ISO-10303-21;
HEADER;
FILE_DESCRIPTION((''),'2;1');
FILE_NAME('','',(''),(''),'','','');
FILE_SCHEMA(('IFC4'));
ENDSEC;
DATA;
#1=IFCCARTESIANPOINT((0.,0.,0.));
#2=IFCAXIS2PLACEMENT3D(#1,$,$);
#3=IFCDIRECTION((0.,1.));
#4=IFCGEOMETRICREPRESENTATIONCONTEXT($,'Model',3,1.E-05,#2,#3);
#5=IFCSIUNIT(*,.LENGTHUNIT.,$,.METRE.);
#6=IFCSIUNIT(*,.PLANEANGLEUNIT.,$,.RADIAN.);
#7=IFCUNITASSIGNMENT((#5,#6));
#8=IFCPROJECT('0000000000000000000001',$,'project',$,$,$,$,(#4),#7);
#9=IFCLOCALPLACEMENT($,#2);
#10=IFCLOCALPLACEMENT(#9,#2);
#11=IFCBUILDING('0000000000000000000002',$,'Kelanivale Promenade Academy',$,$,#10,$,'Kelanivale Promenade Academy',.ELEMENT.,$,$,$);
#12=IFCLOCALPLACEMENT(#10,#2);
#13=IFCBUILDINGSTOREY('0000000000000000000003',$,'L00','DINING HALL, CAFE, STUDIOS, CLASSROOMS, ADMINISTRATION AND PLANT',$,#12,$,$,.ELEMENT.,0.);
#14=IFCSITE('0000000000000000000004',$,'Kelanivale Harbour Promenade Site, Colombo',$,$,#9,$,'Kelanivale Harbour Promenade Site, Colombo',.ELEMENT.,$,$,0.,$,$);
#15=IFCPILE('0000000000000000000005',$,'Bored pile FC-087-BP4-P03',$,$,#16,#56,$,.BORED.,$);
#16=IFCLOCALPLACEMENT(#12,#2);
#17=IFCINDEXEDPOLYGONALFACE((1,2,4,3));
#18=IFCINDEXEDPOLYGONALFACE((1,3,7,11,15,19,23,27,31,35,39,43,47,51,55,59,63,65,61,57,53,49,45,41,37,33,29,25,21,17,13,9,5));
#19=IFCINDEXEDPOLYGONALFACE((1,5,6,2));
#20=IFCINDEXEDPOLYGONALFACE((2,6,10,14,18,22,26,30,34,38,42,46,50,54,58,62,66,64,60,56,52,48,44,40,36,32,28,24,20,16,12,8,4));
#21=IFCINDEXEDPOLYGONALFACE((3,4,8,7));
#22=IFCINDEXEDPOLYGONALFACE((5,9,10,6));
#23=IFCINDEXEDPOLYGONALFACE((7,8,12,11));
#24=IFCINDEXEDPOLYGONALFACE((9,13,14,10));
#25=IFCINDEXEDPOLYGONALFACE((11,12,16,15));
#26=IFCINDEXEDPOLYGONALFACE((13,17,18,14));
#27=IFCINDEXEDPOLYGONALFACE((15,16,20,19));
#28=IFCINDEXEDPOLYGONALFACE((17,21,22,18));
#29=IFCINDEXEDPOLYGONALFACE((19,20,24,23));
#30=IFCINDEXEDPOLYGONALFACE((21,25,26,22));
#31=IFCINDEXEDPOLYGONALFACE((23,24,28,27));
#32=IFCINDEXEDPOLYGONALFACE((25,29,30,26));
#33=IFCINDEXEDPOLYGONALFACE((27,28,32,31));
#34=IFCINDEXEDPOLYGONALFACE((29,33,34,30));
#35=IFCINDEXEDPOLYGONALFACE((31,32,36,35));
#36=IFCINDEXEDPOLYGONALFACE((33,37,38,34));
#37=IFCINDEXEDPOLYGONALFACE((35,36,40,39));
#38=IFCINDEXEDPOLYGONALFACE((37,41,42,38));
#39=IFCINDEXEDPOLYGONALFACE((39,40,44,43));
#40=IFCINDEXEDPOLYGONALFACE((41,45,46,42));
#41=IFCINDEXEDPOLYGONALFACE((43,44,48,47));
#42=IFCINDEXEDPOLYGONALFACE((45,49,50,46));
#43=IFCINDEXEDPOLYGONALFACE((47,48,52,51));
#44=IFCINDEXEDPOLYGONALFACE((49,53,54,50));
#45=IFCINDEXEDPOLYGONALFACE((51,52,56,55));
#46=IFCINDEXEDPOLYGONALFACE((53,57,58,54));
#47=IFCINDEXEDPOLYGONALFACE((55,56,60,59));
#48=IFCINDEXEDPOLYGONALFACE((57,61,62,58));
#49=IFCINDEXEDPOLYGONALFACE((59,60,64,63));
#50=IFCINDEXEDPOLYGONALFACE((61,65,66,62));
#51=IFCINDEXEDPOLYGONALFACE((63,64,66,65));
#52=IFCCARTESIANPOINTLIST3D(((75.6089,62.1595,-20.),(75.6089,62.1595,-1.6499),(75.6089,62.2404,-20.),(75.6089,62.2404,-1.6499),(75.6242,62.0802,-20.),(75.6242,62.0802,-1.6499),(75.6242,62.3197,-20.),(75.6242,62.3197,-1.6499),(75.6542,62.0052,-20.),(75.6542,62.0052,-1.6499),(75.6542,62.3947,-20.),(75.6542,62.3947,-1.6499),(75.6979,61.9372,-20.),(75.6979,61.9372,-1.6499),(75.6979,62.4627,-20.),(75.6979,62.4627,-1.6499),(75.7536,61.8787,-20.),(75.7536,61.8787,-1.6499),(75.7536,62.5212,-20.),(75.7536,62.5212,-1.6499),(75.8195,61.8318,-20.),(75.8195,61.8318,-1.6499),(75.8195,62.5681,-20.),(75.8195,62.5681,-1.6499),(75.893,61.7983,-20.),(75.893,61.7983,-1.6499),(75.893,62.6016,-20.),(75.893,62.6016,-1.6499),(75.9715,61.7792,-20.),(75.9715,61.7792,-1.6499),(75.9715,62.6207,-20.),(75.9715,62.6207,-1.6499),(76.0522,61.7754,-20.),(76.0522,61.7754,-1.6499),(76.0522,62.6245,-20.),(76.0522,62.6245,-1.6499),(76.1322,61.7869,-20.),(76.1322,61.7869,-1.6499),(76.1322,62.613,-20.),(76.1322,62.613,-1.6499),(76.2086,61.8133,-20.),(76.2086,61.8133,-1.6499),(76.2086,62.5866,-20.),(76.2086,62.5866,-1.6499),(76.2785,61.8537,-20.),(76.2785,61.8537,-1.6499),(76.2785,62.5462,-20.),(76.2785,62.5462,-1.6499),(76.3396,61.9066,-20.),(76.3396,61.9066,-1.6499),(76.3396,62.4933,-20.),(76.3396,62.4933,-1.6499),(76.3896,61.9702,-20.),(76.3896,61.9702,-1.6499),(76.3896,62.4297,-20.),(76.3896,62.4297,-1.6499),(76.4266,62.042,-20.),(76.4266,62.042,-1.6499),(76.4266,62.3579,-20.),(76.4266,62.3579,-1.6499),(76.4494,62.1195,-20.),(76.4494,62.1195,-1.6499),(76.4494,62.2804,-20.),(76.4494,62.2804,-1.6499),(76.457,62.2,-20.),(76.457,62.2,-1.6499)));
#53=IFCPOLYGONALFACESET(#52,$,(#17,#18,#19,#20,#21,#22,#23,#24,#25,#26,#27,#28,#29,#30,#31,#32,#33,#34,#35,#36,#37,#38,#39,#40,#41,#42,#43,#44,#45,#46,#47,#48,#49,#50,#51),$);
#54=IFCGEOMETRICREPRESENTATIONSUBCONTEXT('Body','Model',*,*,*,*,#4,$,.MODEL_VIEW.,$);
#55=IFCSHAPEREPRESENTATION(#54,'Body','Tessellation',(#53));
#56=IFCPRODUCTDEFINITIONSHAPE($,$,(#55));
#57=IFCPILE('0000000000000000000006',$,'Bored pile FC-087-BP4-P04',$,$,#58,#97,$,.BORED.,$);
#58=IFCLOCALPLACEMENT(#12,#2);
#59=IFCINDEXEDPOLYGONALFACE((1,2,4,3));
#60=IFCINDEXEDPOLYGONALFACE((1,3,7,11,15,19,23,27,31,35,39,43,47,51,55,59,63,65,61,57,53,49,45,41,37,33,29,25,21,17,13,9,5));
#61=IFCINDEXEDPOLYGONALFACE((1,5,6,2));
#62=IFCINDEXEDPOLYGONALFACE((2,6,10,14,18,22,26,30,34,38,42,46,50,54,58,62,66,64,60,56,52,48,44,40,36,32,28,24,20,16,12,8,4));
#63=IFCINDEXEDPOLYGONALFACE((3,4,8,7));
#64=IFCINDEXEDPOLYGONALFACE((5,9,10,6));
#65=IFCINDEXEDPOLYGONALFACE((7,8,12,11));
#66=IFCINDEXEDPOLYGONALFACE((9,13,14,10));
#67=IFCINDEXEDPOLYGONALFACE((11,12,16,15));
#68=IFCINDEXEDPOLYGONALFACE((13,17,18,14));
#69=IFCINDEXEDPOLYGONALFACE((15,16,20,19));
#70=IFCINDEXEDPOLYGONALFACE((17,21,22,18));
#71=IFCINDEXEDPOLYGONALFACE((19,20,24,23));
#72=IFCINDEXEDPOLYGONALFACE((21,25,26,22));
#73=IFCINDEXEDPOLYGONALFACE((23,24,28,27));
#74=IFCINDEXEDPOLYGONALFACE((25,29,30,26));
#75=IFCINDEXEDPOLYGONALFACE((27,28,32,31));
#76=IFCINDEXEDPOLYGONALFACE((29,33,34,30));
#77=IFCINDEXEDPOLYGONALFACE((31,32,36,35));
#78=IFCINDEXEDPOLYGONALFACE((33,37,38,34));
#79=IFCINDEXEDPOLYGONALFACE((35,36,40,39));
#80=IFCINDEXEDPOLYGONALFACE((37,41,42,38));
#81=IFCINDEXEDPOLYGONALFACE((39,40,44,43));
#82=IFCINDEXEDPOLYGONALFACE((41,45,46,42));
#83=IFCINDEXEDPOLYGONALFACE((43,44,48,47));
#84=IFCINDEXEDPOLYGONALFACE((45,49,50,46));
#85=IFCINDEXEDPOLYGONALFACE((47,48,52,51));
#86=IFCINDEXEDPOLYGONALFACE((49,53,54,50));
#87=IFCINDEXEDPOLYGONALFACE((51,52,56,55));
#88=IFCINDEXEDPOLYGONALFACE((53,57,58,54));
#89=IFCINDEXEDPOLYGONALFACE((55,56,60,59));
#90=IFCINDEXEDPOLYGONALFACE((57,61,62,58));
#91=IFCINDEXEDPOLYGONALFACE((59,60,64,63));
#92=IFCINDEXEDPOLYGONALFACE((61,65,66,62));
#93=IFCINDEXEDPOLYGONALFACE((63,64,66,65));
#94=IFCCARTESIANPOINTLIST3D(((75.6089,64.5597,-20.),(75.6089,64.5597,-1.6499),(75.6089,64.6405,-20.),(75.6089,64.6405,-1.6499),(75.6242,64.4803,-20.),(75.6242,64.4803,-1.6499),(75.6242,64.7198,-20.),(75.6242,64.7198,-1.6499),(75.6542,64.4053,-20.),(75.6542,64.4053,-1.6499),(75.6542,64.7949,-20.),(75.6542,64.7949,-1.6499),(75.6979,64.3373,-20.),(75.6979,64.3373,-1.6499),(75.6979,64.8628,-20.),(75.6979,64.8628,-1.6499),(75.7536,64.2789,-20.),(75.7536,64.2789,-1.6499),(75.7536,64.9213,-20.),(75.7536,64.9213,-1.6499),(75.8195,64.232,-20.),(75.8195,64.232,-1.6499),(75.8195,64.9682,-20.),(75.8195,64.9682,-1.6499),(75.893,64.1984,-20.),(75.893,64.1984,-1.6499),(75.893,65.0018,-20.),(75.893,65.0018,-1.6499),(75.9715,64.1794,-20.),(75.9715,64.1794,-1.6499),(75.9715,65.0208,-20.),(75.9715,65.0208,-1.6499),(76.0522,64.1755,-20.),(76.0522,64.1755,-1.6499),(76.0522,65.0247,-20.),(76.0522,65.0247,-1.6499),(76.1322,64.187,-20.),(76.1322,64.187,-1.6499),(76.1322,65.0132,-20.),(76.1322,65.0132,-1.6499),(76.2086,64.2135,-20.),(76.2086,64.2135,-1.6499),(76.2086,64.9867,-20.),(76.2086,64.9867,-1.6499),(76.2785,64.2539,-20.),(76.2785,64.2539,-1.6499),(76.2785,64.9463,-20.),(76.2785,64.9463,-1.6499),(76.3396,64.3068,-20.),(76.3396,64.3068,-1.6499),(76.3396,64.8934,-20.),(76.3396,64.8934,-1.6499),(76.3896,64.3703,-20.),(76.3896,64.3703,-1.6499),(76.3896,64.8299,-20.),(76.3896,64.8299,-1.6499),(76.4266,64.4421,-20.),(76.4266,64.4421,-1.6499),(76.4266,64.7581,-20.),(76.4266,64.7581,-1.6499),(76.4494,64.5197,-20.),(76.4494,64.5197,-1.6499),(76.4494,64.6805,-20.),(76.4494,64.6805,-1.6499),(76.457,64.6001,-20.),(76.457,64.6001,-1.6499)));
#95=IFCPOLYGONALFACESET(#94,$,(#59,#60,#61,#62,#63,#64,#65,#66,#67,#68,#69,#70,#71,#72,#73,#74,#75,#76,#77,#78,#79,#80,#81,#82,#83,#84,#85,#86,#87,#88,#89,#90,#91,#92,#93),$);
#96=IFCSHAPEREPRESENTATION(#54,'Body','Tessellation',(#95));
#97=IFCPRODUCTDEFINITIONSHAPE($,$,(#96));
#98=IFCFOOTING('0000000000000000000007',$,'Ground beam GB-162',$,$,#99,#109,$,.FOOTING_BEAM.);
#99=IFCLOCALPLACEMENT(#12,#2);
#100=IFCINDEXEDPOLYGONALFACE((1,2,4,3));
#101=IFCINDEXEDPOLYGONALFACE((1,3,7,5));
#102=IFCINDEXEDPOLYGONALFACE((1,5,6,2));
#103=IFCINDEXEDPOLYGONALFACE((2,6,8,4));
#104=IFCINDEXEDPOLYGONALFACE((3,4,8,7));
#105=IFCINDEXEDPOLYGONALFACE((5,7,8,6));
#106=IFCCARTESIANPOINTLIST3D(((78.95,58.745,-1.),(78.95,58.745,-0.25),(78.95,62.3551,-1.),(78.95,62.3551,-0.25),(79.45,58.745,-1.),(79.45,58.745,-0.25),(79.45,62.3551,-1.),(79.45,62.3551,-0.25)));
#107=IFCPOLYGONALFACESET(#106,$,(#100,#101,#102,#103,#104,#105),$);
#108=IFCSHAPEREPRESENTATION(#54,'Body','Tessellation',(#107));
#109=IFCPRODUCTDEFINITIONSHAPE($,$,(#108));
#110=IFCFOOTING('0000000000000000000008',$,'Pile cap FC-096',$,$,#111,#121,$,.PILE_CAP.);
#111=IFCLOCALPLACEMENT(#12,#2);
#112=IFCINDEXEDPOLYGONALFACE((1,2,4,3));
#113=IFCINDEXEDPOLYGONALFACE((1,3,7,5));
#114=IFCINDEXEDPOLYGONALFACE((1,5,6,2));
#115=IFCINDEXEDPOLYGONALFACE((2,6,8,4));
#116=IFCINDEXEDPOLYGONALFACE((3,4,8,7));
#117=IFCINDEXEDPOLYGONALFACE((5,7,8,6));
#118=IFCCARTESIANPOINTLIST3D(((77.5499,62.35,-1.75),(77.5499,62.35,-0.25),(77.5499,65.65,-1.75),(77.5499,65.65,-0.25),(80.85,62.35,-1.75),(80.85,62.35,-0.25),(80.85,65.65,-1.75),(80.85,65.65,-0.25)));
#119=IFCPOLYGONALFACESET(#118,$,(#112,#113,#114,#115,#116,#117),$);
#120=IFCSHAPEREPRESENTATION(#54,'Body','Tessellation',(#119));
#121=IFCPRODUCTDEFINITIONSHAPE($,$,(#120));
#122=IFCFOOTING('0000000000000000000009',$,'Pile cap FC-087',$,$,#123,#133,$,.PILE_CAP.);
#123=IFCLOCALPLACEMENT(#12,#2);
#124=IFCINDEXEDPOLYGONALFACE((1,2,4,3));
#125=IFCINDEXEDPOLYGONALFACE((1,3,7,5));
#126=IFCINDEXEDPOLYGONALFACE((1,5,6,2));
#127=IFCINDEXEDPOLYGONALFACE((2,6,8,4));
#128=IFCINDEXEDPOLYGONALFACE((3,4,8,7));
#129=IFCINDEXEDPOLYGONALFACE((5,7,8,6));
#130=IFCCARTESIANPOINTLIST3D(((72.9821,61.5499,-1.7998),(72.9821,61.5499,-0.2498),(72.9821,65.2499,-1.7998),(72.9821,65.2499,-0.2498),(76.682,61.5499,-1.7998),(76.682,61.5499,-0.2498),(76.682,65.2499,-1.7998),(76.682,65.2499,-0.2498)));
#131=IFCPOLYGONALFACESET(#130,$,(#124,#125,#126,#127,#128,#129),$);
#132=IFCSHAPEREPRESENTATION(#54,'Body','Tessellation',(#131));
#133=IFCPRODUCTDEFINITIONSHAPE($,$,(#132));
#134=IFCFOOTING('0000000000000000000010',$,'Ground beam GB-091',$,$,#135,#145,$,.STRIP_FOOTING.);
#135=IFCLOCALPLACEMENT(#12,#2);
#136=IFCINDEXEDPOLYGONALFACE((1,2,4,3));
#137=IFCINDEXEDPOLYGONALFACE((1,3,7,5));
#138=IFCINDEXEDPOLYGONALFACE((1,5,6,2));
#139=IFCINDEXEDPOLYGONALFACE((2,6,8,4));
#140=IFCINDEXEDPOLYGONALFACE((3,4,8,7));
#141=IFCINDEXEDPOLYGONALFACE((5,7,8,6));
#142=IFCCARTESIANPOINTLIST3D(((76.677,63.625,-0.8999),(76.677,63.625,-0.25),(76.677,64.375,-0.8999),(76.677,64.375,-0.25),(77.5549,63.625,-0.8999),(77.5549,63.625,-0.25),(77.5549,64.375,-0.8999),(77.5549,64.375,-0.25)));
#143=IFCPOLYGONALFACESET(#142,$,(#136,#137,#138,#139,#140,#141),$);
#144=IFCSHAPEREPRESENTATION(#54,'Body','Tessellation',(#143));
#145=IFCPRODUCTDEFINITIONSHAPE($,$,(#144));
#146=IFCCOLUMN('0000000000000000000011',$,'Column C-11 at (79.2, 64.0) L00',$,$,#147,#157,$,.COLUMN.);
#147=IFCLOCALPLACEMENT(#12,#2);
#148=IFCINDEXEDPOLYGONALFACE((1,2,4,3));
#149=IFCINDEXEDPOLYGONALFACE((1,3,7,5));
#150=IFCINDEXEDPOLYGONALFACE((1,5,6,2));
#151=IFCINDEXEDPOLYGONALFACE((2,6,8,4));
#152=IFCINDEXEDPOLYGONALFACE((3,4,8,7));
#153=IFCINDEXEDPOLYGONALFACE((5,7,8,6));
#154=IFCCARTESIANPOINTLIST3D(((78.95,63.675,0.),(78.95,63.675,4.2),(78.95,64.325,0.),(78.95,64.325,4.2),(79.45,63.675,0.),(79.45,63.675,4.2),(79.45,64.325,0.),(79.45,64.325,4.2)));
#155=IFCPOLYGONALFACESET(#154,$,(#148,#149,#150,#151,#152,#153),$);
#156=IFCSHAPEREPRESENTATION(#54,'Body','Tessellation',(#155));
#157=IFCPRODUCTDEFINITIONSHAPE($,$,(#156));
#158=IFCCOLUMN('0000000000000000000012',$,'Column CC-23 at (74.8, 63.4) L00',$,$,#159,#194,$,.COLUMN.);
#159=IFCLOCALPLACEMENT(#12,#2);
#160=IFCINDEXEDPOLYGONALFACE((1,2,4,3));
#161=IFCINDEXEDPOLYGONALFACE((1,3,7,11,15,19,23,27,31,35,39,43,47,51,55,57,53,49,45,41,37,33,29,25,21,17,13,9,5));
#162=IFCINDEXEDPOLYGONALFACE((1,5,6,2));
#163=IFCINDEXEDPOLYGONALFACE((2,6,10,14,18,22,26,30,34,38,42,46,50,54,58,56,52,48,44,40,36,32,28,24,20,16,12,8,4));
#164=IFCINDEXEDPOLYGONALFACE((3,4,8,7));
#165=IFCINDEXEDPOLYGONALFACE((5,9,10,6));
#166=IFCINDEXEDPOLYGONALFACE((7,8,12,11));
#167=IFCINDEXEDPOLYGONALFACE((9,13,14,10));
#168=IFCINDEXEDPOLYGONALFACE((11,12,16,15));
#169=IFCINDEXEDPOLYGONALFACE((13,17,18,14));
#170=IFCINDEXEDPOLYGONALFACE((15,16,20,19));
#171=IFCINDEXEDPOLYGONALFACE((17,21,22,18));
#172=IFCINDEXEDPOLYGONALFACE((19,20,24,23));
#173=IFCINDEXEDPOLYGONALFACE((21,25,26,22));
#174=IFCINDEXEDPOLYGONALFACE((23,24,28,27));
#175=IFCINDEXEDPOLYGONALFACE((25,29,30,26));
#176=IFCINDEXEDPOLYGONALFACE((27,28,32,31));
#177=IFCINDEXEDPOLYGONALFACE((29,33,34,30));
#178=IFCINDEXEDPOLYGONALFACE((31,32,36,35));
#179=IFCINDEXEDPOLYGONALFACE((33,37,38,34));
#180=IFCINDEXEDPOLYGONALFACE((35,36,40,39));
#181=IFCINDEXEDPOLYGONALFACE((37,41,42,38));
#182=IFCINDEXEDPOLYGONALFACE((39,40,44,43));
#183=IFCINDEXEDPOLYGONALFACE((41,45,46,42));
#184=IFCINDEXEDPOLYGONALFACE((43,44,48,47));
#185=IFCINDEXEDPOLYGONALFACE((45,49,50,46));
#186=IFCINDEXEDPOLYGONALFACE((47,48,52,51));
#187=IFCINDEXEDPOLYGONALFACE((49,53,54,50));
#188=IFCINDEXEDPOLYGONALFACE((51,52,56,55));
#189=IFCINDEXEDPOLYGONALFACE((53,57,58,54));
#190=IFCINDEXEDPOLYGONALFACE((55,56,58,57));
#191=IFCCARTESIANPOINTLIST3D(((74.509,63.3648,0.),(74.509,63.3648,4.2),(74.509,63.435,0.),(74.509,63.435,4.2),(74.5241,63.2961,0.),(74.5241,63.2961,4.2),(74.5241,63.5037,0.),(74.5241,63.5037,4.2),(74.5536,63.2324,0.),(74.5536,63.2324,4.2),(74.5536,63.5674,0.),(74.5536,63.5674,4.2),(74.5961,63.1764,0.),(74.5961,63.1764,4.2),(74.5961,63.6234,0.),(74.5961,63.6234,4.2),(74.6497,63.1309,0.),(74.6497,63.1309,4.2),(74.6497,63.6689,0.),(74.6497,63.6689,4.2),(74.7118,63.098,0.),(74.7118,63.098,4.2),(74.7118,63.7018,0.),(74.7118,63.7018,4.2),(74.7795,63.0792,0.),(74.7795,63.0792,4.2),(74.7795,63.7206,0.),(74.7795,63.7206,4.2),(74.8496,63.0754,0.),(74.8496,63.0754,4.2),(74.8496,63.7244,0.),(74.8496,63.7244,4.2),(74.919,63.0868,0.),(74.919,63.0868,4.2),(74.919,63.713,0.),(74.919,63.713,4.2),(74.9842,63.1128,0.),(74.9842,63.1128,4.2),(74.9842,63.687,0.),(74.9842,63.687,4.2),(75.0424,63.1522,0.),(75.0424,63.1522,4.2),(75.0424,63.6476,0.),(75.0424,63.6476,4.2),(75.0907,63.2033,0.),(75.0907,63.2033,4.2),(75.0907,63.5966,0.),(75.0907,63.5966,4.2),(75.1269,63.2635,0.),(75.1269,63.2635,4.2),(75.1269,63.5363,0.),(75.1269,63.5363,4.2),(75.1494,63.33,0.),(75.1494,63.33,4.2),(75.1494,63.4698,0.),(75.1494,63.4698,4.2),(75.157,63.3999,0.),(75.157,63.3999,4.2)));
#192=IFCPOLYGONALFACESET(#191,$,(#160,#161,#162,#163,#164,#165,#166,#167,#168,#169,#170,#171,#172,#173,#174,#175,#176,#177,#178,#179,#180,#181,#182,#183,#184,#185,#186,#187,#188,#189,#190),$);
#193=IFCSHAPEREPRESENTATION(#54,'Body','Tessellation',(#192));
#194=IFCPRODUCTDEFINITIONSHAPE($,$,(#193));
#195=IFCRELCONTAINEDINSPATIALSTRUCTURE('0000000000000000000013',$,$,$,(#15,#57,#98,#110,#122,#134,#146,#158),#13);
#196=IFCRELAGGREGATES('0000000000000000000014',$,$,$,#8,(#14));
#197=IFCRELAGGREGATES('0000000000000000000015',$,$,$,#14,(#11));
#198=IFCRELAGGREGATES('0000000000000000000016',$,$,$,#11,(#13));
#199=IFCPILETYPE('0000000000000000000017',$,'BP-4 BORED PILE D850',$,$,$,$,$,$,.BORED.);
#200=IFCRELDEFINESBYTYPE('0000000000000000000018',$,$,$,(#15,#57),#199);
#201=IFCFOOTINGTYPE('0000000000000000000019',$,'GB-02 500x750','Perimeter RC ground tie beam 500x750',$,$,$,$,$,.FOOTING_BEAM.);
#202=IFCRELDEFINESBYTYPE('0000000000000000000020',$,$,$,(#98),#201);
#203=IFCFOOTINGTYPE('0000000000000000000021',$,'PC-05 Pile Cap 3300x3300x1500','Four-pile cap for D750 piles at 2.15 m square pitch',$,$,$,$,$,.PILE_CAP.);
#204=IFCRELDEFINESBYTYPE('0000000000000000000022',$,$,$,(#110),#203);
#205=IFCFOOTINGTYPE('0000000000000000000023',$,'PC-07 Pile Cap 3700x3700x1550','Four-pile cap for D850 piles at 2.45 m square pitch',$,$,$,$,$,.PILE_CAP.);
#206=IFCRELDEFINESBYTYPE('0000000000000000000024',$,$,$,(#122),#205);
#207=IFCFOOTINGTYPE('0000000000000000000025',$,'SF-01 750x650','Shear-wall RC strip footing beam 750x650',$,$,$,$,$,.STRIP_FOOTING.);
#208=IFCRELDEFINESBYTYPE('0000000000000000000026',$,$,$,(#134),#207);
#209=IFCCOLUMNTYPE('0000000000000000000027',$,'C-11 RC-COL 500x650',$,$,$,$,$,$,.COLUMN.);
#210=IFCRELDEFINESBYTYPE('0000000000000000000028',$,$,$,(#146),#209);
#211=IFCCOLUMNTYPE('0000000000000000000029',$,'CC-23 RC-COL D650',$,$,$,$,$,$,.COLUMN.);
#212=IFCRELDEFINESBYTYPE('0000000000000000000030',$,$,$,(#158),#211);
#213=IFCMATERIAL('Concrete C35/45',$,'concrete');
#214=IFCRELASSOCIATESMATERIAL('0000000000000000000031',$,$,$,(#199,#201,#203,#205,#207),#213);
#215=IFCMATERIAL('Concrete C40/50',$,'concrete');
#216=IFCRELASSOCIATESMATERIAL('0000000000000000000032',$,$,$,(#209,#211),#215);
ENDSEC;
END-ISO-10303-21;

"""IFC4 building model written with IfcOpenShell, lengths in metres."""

from ifc_helpers import new_model, si_unit, direction, frame, origin, origin_2d, place, context, subcontext, project, spatial, rectangle, circle, extrude, material, material_profile, profile_set, type_object, element, save


model = new_model("IFC4")

# Units and contexts
model_context = context("Model", 3, precision=1e-05, world=origin(), true_north=direction((0.0, 1.0)))
body_context = subcontext(model_context, "Body", "Model", "MODEL_VIEW")
ifc_project = project(units=[si_unit("LENGTHUNIT", "METRE"), si_unit("PLANEANGLEUNIT", "RADIAN")], contexts=[model_context])

# Site, building, storey
site_placement = place(None, origin())
site = spatial("IfcSite", under=ifc_project, at=site_placement, Name="Kelanivale Harbour Promenade Site, Colombo", LongName="Kelanivale Harbour Promenade Site, Colombo", CompositionType="ELEMENT", RefElevation=0.0)
building_placement = place(site_placement, origin())
building = spatial("IfcBuilding", under=site, at=building_placement, Name="Kelanivale Promenade Academy", LongName="Kelanivale Promenade Academy", CompositionType="ELEMENT")
storey_placement = place(building_placement, origin())
storey = spatial("IfcBuildingStorey", under=building, at=storey_placement, Name="L00", Description="DINING HALL, CAFE, STUDIOS, CLASSROOMS, ADMINISTRATION AND PLANT", CompositionType="ELEMENT", Elevation=0.0)

# Piles
ifc_material_1 = material(Name="Concrete C35/45", Category="concrete")
ifc_material_profile_1 = material_profile(ifc_material_1, circle(Radius=0.425, at=origin_2d()), Name="BORED PILE D850")
ifc_profile_set_1 = profile_set([ifc_material_profile_1], Name="Concrete C35/45")
pile_type_1 = type_object("IfcPileType", Name="BP-4 BORED PILE D850", PredefinedType="BORED", material=ifc_profile_set_1)
for number, where, z_axis, x_axis, name in (
    (1, (76.032, 62.2, -1.6499), (0.0, 0.0, -1.0), (1.0, 0.0, 0.0), "Bored pile FC-087-BP4-P03"),
    (2, (76.032, 64.6001, -1.6499), (0.0, 0.0, -1.0), (1.0, 0.0, 0.0), "Bored pile FC-087-BP4-P04"),
):
    element("IfcPile", number, at=place(storey_placement, frame(where, z_axis=z_axis, x_axis=x_axis)), inside=storey, type_object=pile_type_1, Name=name, PredefinedType="BORED", context=body_context, shape_type="SweptSolid", body=[
        extrude(circle(Radius=0.425, at=origin_2d()), origin(), (0.0, 0.0, 1.0), 18.3501),
    ])

# Footings
footing_type_1 = type_object("IfcFootingType", Name="GB-02 500x750", Description="Perimeter RC ground tie beam 500x750", PredefinedType="FOOTING_BEAM", material=ifc_material_1)
footing_1_placement = place(storey_placement, frame((79.2, 60.55, -1.0), z_axis=(0.0, 0.0, 1.0), x_axis=(0.0, 1.0, 0.0)))
element("IfcFooting", 3, at=footing_1_placement, inside=storey, type_object=footing_type_1, Name="Ground beam GB-162", PredefinedType="FOOTING_BEAM", context=body_context, shape_type="SweptSolid", body=[
    extrude(rectangle(XDim=3.6101, YDim=0.5, at=origin_2d()), origin(), (0.0, 0.0, 1.0), 0.75),
])
footing_type_2 = type_object("IfcFootingType", Name="PC-05 Pile Cap 3300x3300x1500", Description="Four-pile cap for D750 piles at 2.15 m square pitch", PredefinedType="PILE_CAP", material=ifc_material_1)
footing_2_placement = place(storey_placement, frame((79.2, 64.0, -1.75), z_axis=(0.0, 0.0, 1.0), x_axis=(1.0, 0.0, 0.0)))
element("IfcFooting", 4, at=footing_2_placement, inside=storey, type_object=footing_type_2, Name="Pile cap FC-096", PredefinedType="PILE_CAP", context=body_context, shape_type="SweptSolid", body=[
    extrude(rectangle(XDim=3.3, YDim=3.3, at=origin_2d()), origin(), (0.0, 0.0, 1.0), 1.5),
])
footing_type_3 = type_object("IfcFootingType", Name="PC-07 Pile Cap 3700x3700x1550", Description="Four-pile cap for D850 piles at 2.45 m square pitch", PredefinedType="PILE_CAP", material=ifc_material_1)
footing_3_placement = place(storey_placement, frame((74.832, 63.3999, -1.7998), z_axis=(0.0, 0.0, 1.0), x_axis=(1.0, 0.0, 0.0)))
element("IfcFooting", 5, at=footing_3_placement, inside=storey, type_object=footing_type_3, Name="Pile cap FC-087", PredefinedType="PILE_CAP", context=body_context, shape_type="SweptSolid", body=[
    extrude(rectangle(XDim=3.7, YDim=3.7, at=origin_2d()), origin(), (0.0, 0.0, 1.0), 1.55),
])
footing_type_4 = type_object("IfcFootingType", Name="SF-01 750x650", Description="Shear-wall RC strip footing beam 750x650", PredefinedType="STRIP_FOOTING", material=ifc_material_1)
footing_4_placement = place(storey_placement, frame((77.116, 64.0, -0.8999), z_axis=(0.0, 0.0, 1.0), x_axis=(1.0, 0.0, 0.0)))
element("IfcFooting", 6, at=footing_4_placement, inside=storey, type_object=footing_type_4, Name="Ground beam GB-091", PredefinedType="STRIP_FOOTING", context=body_context, shape_type="SweptSolid", body=[
    extrude(rectangle(XDim=0.8779, YDim=0.75, at=origin_2d()), origin(), (0.0, 0.0, 1.0), 0.6499),
])

# Columns
ifc_material_2 = material(Name="Concrete C40/50", Category="concrete")
ifc_material_profile_2 = material_profile(ifc_material_2, rectangle(XDim=0.5, YDim=0.6499, at=origin_2d()), Name="RC-COL 500x650")
ifc_profile_set_2 = profile_set([ifc_material_profile_2], Name="Concrete C40/50")
column_type_1 = type_object("IfcColumnType", Name="C-11 RC-COL 500x650", PredefinedType="COLUMN", material=ifc_profile_set_2)
column_1_placement = place(storey_placement, frame((79.2, 64.0, 0.0), z_axis=(0.0, 0.0, 1.0), x_axis=(1.0, 0.0, 0.0)))
element("IfcColumn", 7, at=column_1_placement, inside=storey, type_object=column_type_1, Name="Column C-11 at (79.2, 64.0) L00", PredefinedType="COLUMN", context=body_context, shape_type="SweptSolid", body=[
    extrude(rectangle(XDim=0.5, YDim=0.6499, at=origin_2d()), origin(), (0.0, 0.0, 1.0), 4.2),
])
ifc_material_profile_3 = material_profile(ifc_material_2, circle(Radius=0.325, at=origin_2d()), Name="RC-COL D650")
ifc_profile_set_3 = profile_set([ifc_material_profile_3], Name="Concrete C40/50")
column_type_2 = type_object("IfcColumnType", Name="CC-23 RC-COL D650", PredefinedType="COLUMN", material=ifc_profile_set_3)
column_2_placement = place(storey_placement, frame((74.832, 63.3999, 0.0), z_axis=(0.0, 0.0, 1.0), x_axis=(1.0, 0.0, 0.0)))
element("IfcColumn", 8, at=column_2_placement, inside=storey, type_object=column_type_2, Name="Column CC-23 at (74.8, 63.4) L00", PredefinedType="COLUMN", context=body_context, shape_type="SweptSolid", body=[
    extrude(circle(Radius=0.325, at=origin_2d()), origin(), (0.0, 0.0, 1.0), 4.2),
])

save(model, "model.ifc")
